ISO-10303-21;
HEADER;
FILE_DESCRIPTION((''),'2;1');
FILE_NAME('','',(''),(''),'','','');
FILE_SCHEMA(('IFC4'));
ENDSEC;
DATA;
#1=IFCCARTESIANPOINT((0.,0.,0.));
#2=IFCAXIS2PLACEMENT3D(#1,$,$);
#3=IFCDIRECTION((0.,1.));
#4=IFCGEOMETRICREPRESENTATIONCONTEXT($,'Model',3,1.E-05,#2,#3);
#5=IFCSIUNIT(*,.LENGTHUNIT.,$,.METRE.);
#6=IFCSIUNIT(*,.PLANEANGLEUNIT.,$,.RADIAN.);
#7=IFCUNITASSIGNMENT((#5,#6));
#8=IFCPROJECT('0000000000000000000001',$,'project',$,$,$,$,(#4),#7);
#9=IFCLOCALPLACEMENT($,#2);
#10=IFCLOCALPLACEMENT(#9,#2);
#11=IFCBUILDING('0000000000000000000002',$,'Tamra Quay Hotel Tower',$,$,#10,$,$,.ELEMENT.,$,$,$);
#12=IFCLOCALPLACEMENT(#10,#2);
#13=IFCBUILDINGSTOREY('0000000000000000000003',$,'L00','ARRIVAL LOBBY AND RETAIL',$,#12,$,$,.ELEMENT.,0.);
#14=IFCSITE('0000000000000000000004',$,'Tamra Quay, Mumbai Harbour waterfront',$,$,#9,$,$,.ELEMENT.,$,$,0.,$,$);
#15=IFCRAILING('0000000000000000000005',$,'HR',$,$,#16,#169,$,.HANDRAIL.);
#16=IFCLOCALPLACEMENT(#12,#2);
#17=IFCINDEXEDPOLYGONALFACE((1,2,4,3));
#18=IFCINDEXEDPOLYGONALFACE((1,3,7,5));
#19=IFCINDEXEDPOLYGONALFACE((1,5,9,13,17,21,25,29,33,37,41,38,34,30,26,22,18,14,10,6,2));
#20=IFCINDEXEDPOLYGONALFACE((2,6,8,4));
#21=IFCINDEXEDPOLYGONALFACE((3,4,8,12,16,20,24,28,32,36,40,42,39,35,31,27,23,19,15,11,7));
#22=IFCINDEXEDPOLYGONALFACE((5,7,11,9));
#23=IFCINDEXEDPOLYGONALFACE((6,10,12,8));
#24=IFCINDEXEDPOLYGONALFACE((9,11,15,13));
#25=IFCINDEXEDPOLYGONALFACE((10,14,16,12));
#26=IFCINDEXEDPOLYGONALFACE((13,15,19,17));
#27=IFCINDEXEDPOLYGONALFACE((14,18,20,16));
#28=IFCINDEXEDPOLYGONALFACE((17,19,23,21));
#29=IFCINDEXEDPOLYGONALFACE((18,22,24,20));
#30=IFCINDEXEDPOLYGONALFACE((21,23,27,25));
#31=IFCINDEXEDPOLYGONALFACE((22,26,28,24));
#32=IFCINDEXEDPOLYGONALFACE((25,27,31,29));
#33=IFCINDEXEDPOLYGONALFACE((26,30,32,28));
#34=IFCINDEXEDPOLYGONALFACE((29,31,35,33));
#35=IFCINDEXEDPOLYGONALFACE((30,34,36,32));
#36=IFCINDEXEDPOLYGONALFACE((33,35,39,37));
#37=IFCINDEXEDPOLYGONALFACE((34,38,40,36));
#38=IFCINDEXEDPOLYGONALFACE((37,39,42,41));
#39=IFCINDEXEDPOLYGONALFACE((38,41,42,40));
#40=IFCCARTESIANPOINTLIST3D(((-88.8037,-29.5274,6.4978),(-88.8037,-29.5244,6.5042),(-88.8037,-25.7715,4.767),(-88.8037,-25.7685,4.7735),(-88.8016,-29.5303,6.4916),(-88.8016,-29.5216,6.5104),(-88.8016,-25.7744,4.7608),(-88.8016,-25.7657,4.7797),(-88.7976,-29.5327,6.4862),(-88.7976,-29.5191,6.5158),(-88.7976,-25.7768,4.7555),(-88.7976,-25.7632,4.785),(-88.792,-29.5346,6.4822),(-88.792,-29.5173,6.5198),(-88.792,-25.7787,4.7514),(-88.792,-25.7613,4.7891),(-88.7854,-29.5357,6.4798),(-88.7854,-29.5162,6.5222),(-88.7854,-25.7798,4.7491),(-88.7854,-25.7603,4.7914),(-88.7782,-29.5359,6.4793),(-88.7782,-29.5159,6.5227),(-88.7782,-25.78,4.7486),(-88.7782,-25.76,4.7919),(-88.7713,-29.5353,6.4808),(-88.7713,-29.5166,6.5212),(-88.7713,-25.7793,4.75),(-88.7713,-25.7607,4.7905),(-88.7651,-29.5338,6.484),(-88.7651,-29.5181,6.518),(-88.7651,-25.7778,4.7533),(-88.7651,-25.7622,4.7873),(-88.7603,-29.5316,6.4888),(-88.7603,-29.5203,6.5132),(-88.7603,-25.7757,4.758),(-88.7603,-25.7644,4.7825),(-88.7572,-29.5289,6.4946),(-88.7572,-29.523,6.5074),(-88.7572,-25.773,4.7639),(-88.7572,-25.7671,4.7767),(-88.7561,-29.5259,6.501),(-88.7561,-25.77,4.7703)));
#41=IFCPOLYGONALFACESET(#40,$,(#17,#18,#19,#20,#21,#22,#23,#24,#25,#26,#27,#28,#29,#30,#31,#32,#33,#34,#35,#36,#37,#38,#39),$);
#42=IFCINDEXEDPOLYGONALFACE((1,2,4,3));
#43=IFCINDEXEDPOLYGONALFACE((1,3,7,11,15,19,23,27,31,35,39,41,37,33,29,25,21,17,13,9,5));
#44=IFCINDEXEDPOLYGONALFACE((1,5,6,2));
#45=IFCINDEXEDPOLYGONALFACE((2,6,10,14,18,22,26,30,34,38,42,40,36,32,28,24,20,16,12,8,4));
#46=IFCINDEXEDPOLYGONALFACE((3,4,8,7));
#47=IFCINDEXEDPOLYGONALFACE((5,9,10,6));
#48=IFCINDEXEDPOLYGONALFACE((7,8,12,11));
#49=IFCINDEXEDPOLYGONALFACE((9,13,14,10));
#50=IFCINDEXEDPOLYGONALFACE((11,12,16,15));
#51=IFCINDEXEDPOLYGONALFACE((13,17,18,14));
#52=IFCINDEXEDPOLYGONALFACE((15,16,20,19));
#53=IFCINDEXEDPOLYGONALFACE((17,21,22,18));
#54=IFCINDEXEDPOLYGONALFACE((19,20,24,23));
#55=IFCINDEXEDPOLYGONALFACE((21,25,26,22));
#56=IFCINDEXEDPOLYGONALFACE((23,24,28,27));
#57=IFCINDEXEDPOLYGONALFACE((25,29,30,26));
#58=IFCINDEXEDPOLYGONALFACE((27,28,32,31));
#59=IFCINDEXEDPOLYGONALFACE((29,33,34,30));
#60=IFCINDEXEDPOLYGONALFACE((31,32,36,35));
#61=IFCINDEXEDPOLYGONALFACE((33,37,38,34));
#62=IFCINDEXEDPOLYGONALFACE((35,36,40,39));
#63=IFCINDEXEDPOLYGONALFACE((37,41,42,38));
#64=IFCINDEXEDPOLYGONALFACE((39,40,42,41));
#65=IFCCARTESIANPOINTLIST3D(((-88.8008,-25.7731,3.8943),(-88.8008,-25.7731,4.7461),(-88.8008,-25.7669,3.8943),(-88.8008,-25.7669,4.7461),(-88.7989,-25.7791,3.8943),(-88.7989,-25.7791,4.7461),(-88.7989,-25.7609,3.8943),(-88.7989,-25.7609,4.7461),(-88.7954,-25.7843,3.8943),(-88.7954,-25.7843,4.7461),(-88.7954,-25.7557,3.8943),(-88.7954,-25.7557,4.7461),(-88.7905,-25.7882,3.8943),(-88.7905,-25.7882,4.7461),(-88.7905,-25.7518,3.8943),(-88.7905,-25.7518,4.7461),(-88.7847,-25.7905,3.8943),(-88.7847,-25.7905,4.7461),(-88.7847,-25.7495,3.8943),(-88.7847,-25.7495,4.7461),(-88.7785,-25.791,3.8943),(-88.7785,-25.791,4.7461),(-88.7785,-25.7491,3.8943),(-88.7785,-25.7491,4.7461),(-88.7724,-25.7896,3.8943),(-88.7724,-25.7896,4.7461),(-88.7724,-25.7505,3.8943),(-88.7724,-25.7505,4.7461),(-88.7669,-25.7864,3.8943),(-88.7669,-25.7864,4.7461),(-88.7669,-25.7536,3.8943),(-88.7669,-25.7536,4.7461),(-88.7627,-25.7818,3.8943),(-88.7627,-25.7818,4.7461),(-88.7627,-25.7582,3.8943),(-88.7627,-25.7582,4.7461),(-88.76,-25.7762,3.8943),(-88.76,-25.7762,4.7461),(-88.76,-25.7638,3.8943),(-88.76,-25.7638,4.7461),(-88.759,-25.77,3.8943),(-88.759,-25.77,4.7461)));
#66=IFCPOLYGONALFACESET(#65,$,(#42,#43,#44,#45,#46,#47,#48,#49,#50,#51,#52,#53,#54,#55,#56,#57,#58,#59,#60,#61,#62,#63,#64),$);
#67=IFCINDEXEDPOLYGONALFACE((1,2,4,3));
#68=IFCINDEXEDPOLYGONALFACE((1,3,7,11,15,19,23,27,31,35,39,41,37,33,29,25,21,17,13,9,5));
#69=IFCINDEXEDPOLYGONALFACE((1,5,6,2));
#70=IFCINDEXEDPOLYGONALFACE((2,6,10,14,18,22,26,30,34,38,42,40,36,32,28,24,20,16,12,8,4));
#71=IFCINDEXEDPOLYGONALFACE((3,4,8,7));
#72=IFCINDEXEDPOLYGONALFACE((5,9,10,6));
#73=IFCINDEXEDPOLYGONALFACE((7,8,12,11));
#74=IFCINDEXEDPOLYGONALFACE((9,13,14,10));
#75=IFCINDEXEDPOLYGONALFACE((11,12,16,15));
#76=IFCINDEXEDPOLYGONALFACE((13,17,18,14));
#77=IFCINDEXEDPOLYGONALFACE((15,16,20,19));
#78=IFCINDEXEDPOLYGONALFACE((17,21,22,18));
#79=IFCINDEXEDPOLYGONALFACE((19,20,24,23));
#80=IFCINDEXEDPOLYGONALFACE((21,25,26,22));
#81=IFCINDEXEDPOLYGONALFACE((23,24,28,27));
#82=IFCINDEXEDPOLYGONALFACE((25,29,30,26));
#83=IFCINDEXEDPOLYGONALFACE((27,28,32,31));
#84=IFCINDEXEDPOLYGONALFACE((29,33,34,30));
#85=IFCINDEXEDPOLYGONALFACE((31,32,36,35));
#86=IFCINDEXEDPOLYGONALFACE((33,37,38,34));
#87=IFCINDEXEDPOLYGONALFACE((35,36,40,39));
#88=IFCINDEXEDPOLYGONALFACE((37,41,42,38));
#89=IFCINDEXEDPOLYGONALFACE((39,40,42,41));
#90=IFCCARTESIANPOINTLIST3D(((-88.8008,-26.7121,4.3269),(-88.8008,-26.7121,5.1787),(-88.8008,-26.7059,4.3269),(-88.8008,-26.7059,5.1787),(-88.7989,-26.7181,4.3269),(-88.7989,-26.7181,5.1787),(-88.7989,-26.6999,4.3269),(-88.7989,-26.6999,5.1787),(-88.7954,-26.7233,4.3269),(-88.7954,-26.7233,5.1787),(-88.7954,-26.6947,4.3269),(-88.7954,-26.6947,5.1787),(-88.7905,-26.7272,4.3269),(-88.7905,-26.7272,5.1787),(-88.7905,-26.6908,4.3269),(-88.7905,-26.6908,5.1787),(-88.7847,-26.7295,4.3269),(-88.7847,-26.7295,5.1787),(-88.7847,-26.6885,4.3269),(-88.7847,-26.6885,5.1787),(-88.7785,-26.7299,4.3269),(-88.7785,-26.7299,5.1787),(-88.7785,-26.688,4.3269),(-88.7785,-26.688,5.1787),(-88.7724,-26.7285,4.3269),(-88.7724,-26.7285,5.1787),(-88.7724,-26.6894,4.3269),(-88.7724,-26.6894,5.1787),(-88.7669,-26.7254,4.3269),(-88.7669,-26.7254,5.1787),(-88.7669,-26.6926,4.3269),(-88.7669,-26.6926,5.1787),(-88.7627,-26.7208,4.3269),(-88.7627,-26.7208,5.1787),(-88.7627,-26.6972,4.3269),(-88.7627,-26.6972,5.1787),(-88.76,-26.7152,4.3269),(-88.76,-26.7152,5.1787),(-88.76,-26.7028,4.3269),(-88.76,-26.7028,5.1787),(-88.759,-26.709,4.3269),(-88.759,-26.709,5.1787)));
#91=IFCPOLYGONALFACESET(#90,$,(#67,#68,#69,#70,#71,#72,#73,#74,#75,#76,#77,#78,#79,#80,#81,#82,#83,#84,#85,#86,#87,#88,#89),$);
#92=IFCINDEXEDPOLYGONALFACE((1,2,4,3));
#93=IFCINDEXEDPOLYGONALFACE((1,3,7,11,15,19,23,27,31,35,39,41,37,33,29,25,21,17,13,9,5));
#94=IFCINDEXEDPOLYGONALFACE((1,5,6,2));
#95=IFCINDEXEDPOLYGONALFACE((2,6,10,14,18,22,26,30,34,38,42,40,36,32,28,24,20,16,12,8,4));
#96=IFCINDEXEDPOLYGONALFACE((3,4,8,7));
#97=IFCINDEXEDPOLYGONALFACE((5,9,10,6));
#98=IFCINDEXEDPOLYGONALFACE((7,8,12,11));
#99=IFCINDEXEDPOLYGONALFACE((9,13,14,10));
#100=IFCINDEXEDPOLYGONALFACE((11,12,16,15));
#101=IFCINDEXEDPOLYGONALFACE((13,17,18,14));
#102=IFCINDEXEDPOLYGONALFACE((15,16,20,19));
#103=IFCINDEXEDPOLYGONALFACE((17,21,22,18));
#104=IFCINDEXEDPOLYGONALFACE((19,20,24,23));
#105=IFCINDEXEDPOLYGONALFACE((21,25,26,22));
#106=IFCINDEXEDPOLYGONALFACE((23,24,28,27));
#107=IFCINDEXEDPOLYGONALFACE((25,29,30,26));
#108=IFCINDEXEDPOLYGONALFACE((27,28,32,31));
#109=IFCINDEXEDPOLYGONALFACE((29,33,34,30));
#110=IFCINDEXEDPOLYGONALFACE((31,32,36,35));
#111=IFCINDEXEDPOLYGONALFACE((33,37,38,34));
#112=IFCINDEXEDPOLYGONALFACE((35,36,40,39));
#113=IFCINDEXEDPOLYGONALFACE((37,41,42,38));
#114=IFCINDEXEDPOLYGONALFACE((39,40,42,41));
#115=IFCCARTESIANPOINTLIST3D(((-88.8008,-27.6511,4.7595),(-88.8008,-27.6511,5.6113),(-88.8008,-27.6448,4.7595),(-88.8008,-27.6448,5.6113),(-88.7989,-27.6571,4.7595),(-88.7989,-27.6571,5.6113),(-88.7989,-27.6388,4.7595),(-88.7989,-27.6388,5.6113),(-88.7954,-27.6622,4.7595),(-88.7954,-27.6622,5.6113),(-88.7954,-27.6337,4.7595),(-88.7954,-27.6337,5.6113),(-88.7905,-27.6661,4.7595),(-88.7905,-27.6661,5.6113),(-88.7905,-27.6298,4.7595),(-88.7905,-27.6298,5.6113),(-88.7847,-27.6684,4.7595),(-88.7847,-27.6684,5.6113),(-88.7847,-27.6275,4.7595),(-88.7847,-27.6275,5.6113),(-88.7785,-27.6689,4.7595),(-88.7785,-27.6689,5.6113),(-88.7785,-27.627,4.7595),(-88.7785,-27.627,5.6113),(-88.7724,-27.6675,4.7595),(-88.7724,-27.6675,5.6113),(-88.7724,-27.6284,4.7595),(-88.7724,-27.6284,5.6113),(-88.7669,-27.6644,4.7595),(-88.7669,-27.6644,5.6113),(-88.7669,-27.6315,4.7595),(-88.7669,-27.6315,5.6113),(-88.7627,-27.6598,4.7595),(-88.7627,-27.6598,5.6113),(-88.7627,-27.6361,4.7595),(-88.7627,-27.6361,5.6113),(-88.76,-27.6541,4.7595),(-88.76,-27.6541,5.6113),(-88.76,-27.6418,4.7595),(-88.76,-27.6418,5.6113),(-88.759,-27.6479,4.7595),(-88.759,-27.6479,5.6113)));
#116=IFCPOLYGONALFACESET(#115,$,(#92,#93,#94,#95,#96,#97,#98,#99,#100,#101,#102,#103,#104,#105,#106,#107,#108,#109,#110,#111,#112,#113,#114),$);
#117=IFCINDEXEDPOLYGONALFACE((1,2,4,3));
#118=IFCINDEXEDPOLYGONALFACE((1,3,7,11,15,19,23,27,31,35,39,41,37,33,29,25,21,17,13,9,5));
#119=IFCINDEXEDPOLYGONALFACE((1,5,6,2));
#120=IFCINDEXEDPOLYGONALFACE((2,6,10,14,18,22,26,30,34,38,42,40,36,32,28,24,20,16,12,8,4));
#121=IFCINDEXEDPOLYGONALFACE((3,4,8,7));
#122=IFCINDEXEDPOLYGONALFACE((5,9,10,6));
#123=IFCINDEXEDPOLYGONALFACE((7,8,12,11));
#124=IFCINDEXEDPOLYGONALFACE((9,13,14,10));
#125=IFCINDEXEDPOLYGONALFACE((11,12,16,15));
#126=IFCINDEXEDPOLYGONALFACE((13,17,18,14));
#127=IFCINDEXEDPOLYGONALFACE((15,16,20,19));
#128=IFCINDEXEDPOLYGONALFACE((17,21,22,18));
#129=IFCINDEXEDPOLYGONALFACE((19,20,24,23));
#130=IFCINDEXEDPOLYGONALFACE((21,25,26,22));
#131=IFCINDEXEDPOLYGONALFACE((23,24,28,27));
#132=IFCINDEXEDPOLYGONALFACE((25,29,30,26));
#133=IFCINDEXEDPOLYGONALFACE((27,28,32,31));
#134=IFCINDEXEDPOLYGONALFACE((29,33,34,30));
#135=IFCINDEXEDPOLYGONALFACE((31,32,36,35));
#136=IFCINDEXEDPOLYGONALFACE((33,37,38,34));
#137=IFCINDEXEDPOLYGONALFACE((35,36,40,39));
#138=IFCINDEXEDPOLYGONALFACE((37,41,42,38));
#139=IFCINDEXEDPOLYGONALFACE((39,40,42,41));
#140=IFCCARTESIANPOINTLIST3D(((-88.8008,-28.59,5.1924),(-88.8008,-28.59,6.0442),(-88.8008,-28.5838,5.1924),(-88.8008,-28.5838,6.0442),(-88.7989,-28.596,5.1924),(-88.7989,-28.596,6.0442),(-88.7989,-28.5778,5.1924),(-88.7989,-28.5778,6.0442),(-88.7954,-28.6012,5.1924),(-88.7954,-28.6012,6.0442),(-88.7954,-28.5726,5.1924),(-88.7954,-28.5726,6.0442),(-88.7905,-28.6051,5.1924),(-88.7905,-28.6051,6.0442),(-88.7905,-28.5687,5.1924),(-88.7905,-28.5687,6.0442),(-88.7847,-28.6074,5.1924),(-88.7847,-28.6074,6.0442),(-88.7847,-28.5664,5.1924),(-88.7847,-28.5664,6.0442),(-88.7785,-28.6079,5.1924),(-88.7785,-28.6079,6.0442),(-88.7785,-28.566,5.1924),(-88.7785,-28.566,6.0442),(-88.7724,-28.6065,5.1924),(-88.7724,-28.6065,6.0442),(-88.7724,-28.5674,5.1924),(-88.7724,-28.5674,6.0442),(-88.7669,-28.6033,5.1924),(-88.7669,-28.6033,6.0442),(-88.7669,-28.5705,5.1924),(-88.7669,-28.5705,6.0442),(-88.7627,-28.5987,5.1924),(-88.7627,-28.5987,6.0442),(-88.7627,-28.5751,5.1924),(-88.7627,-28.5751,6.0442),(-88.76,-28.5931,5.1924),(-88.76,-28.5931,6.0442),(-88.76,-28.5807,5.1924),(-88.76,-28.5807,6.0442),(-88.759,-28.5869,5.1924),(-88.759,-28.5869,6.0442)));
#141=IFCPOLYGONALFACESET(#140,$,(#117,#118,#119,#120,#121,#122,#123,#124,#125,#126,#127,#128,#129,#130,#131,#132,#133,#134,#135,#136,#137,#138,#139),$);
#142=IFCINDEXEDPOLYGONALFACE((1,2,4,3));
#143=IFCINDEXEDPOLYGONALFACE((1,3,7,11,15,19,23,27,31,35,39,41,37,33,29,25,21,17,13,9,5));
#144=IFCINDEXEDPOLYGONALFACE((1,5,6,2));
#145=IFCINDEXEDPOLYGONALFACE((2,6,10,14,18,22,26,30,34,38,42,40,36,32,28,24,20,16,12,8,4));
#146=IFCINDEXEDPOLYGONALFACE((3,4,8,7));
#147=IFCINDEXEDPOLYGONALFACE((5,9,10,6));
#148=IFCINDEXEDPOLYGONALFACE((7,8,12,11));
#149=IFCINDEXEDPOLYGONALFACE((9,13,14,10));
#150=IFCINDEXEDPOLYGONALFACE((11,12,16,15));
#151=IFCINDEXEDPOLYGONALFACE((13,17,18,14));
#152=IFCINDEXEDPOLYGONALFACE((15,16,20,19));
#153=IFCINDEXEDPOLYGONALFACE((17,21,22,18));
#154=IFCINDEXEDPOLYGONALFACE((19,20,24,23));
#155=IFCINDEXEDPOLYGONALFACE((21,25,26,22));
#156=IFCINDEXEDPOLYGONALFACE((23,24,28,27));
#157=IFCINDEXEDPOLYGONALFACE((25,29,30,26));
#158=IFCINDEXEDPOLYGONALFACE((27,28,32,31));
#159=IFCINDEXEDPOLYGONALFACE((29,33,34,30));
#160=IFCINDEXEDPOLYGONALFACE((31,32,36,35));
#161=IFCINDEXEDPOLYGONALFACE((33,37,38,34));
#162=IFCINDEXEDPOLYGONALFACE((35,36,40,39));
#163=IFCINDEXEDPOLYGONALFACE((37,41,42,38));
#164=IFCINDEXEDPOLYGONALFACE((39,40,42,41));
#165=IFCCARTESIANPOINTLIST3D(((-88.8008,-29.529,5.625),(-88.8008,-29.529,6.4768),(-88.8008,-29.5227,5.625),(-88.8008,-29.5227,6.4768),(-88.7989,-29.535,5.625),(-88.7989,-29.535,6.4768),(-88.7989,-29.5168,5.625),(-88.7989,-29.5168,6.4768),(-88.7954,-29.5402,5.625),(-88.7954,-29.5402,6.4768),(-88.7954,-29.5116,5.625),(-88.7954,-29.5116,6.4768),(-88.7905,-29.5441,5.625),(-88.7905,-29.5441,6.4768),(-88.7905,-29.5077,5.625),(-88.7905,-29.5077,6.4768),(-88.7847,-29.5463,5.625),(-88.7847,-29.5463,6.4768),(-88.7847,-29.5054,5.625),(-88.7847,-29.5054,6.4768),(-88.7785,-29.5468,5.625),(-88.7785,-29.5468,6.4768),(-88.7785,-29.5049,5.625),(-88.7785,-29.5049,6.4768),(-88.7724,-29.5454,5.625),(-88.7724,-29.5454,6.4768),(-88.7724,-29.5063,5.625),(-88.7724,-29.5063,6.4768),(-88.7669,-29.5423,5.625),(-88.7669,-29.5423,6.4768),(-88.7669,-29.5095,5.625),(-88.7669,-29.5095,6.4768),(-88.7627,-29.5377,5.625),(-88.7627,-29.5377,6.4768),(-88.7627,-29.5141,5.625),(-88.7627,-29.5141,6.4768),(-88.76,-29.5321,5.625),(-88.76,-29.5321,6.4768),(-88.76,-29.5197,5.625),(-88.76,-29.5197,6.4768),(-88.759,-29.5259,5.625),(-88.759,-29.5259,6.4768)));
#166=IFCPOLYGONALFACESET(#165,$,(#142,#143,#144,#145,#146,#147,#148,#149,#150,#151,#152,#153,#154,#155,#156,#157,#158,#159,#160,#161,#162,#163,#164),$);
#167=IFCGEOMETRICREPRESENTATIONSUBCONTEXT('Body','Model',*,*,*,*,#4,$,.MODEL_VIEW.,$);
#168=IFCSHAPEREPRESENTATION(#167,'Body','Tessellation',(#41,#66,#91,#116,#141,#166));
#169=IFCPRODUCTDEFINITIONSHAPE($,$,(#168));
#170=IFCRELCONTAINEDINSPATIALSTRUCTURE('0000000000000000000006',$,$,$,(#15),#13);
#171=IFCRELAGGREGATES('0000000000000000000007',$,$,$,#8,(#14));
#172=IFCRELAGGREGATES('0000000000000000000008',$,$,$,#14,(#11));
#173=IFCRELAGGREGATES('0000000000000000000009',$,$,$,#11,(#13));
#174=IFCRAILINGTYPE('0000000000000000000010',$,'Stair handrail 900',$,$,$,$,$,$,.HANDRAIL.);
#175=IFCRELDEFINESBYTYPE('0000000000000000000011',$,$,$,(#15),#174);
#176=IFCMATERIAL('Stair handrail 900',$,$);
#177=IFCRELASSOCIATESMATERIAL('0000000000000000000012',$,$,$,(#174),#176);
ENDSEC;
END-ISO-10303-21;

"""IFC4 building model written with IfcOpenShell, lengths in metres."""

from ifc_helpers import new_model, si_unit, direction, frame, origin, origin_2d, place, context, subcontext, project, spatial, circle, extrude, material, type_object, element, save


model = new_model("IFC4")

# Units and contexts
model_context = context("Model", 3, precision=1e-05, world=origin(), true_north=direction((0.0, 1.0)))
body_context = subcontext(model_context, "Body", "Model", "MODEL_VIEW")
ifc_project = project(units=[si_unit("LENGTHUNIT", "METRE"), si_unit("PLANEANGLEUNIT", "RADIAN")], contexts=[model_context])

# Site, building, storey
site_placement = place(None, origin())
site = spatial("IfcSite", under=ifc_project, at=site_placement, Name="Tamra Quay, Mumbai Harbour waterfront", CompositionType="ELEMENT", RefElevation=0.0)
building_placement = place(site_placement, origin())
building = spatial("IfcBuilding", under=site, at=building_placement, Name="Tamra Quay Hotel Tower", CompositionType="ELEMENT")
storey_placement = place(building_placement, origin())
storey = spatial("IfcBuildingStorey", under=building, at=storey_placement, Name="L00", Description="ARRIVAL LOBBY AND RETAIL", CompositionType="ELEMENT", Elevation=0.0)

# Railing
ifc_material_1 = material(Name="Stair handrail 900")
railing_type_1 = type_object("IfcRailingType", Name="Stair handrail 900", PredefinedType="HANDRAIL", material=ifc_material_1)
railing_1_placement = place(storey_placement, frame((-88.78, -25.77, 3.8943)))
element("IfcRailing", 1, at=railing_1_placement, inside=storey, type_object=railing_type_1, Name="HR", PredefinedType="HANDRAIL", context=body_context, shape_type="SweptSolid", body=[
    extrude(circle(Radius=0.0239, at=origin_2d()), frame((0.0, 0.0, 0.876), z_axis=(0.0, -0.908213, 0.418508), x_axis=(1.0, 0.0, 0.0)), (0.0, 0.0, 1.0), 4.1355),
    extrude(circle(Radius=0.021, at=origin_2d()), origin(), (0.0, 0.0, 1.0), 0.8518),
    extrude(circle(Radius=0.021, at=origin_2d()), frame((0.0, -0.939, 0.4326)), (0.0, 0.0, 1.0), 0.8518),
    extrude(circle(Radius=0.021, at=origin_2d()), frame((0.0, -1.8779, 0.8652)), (0.0, 0.0, 1.0), 0.8518),
    extrude(circle(Radius=0.021, at=origin_2d()), frame((0.0, -2.8169, 1.2981)), (0.0, 0.0, 1.0), 0.8518),
    extrude(circle(Radius=0.021, at=origin_2d()), frame((0.0, -3.7559, 1.7307)), (0.0, 0.0, 1.0), 0.8518),
])

save(model, "model.ifc")
